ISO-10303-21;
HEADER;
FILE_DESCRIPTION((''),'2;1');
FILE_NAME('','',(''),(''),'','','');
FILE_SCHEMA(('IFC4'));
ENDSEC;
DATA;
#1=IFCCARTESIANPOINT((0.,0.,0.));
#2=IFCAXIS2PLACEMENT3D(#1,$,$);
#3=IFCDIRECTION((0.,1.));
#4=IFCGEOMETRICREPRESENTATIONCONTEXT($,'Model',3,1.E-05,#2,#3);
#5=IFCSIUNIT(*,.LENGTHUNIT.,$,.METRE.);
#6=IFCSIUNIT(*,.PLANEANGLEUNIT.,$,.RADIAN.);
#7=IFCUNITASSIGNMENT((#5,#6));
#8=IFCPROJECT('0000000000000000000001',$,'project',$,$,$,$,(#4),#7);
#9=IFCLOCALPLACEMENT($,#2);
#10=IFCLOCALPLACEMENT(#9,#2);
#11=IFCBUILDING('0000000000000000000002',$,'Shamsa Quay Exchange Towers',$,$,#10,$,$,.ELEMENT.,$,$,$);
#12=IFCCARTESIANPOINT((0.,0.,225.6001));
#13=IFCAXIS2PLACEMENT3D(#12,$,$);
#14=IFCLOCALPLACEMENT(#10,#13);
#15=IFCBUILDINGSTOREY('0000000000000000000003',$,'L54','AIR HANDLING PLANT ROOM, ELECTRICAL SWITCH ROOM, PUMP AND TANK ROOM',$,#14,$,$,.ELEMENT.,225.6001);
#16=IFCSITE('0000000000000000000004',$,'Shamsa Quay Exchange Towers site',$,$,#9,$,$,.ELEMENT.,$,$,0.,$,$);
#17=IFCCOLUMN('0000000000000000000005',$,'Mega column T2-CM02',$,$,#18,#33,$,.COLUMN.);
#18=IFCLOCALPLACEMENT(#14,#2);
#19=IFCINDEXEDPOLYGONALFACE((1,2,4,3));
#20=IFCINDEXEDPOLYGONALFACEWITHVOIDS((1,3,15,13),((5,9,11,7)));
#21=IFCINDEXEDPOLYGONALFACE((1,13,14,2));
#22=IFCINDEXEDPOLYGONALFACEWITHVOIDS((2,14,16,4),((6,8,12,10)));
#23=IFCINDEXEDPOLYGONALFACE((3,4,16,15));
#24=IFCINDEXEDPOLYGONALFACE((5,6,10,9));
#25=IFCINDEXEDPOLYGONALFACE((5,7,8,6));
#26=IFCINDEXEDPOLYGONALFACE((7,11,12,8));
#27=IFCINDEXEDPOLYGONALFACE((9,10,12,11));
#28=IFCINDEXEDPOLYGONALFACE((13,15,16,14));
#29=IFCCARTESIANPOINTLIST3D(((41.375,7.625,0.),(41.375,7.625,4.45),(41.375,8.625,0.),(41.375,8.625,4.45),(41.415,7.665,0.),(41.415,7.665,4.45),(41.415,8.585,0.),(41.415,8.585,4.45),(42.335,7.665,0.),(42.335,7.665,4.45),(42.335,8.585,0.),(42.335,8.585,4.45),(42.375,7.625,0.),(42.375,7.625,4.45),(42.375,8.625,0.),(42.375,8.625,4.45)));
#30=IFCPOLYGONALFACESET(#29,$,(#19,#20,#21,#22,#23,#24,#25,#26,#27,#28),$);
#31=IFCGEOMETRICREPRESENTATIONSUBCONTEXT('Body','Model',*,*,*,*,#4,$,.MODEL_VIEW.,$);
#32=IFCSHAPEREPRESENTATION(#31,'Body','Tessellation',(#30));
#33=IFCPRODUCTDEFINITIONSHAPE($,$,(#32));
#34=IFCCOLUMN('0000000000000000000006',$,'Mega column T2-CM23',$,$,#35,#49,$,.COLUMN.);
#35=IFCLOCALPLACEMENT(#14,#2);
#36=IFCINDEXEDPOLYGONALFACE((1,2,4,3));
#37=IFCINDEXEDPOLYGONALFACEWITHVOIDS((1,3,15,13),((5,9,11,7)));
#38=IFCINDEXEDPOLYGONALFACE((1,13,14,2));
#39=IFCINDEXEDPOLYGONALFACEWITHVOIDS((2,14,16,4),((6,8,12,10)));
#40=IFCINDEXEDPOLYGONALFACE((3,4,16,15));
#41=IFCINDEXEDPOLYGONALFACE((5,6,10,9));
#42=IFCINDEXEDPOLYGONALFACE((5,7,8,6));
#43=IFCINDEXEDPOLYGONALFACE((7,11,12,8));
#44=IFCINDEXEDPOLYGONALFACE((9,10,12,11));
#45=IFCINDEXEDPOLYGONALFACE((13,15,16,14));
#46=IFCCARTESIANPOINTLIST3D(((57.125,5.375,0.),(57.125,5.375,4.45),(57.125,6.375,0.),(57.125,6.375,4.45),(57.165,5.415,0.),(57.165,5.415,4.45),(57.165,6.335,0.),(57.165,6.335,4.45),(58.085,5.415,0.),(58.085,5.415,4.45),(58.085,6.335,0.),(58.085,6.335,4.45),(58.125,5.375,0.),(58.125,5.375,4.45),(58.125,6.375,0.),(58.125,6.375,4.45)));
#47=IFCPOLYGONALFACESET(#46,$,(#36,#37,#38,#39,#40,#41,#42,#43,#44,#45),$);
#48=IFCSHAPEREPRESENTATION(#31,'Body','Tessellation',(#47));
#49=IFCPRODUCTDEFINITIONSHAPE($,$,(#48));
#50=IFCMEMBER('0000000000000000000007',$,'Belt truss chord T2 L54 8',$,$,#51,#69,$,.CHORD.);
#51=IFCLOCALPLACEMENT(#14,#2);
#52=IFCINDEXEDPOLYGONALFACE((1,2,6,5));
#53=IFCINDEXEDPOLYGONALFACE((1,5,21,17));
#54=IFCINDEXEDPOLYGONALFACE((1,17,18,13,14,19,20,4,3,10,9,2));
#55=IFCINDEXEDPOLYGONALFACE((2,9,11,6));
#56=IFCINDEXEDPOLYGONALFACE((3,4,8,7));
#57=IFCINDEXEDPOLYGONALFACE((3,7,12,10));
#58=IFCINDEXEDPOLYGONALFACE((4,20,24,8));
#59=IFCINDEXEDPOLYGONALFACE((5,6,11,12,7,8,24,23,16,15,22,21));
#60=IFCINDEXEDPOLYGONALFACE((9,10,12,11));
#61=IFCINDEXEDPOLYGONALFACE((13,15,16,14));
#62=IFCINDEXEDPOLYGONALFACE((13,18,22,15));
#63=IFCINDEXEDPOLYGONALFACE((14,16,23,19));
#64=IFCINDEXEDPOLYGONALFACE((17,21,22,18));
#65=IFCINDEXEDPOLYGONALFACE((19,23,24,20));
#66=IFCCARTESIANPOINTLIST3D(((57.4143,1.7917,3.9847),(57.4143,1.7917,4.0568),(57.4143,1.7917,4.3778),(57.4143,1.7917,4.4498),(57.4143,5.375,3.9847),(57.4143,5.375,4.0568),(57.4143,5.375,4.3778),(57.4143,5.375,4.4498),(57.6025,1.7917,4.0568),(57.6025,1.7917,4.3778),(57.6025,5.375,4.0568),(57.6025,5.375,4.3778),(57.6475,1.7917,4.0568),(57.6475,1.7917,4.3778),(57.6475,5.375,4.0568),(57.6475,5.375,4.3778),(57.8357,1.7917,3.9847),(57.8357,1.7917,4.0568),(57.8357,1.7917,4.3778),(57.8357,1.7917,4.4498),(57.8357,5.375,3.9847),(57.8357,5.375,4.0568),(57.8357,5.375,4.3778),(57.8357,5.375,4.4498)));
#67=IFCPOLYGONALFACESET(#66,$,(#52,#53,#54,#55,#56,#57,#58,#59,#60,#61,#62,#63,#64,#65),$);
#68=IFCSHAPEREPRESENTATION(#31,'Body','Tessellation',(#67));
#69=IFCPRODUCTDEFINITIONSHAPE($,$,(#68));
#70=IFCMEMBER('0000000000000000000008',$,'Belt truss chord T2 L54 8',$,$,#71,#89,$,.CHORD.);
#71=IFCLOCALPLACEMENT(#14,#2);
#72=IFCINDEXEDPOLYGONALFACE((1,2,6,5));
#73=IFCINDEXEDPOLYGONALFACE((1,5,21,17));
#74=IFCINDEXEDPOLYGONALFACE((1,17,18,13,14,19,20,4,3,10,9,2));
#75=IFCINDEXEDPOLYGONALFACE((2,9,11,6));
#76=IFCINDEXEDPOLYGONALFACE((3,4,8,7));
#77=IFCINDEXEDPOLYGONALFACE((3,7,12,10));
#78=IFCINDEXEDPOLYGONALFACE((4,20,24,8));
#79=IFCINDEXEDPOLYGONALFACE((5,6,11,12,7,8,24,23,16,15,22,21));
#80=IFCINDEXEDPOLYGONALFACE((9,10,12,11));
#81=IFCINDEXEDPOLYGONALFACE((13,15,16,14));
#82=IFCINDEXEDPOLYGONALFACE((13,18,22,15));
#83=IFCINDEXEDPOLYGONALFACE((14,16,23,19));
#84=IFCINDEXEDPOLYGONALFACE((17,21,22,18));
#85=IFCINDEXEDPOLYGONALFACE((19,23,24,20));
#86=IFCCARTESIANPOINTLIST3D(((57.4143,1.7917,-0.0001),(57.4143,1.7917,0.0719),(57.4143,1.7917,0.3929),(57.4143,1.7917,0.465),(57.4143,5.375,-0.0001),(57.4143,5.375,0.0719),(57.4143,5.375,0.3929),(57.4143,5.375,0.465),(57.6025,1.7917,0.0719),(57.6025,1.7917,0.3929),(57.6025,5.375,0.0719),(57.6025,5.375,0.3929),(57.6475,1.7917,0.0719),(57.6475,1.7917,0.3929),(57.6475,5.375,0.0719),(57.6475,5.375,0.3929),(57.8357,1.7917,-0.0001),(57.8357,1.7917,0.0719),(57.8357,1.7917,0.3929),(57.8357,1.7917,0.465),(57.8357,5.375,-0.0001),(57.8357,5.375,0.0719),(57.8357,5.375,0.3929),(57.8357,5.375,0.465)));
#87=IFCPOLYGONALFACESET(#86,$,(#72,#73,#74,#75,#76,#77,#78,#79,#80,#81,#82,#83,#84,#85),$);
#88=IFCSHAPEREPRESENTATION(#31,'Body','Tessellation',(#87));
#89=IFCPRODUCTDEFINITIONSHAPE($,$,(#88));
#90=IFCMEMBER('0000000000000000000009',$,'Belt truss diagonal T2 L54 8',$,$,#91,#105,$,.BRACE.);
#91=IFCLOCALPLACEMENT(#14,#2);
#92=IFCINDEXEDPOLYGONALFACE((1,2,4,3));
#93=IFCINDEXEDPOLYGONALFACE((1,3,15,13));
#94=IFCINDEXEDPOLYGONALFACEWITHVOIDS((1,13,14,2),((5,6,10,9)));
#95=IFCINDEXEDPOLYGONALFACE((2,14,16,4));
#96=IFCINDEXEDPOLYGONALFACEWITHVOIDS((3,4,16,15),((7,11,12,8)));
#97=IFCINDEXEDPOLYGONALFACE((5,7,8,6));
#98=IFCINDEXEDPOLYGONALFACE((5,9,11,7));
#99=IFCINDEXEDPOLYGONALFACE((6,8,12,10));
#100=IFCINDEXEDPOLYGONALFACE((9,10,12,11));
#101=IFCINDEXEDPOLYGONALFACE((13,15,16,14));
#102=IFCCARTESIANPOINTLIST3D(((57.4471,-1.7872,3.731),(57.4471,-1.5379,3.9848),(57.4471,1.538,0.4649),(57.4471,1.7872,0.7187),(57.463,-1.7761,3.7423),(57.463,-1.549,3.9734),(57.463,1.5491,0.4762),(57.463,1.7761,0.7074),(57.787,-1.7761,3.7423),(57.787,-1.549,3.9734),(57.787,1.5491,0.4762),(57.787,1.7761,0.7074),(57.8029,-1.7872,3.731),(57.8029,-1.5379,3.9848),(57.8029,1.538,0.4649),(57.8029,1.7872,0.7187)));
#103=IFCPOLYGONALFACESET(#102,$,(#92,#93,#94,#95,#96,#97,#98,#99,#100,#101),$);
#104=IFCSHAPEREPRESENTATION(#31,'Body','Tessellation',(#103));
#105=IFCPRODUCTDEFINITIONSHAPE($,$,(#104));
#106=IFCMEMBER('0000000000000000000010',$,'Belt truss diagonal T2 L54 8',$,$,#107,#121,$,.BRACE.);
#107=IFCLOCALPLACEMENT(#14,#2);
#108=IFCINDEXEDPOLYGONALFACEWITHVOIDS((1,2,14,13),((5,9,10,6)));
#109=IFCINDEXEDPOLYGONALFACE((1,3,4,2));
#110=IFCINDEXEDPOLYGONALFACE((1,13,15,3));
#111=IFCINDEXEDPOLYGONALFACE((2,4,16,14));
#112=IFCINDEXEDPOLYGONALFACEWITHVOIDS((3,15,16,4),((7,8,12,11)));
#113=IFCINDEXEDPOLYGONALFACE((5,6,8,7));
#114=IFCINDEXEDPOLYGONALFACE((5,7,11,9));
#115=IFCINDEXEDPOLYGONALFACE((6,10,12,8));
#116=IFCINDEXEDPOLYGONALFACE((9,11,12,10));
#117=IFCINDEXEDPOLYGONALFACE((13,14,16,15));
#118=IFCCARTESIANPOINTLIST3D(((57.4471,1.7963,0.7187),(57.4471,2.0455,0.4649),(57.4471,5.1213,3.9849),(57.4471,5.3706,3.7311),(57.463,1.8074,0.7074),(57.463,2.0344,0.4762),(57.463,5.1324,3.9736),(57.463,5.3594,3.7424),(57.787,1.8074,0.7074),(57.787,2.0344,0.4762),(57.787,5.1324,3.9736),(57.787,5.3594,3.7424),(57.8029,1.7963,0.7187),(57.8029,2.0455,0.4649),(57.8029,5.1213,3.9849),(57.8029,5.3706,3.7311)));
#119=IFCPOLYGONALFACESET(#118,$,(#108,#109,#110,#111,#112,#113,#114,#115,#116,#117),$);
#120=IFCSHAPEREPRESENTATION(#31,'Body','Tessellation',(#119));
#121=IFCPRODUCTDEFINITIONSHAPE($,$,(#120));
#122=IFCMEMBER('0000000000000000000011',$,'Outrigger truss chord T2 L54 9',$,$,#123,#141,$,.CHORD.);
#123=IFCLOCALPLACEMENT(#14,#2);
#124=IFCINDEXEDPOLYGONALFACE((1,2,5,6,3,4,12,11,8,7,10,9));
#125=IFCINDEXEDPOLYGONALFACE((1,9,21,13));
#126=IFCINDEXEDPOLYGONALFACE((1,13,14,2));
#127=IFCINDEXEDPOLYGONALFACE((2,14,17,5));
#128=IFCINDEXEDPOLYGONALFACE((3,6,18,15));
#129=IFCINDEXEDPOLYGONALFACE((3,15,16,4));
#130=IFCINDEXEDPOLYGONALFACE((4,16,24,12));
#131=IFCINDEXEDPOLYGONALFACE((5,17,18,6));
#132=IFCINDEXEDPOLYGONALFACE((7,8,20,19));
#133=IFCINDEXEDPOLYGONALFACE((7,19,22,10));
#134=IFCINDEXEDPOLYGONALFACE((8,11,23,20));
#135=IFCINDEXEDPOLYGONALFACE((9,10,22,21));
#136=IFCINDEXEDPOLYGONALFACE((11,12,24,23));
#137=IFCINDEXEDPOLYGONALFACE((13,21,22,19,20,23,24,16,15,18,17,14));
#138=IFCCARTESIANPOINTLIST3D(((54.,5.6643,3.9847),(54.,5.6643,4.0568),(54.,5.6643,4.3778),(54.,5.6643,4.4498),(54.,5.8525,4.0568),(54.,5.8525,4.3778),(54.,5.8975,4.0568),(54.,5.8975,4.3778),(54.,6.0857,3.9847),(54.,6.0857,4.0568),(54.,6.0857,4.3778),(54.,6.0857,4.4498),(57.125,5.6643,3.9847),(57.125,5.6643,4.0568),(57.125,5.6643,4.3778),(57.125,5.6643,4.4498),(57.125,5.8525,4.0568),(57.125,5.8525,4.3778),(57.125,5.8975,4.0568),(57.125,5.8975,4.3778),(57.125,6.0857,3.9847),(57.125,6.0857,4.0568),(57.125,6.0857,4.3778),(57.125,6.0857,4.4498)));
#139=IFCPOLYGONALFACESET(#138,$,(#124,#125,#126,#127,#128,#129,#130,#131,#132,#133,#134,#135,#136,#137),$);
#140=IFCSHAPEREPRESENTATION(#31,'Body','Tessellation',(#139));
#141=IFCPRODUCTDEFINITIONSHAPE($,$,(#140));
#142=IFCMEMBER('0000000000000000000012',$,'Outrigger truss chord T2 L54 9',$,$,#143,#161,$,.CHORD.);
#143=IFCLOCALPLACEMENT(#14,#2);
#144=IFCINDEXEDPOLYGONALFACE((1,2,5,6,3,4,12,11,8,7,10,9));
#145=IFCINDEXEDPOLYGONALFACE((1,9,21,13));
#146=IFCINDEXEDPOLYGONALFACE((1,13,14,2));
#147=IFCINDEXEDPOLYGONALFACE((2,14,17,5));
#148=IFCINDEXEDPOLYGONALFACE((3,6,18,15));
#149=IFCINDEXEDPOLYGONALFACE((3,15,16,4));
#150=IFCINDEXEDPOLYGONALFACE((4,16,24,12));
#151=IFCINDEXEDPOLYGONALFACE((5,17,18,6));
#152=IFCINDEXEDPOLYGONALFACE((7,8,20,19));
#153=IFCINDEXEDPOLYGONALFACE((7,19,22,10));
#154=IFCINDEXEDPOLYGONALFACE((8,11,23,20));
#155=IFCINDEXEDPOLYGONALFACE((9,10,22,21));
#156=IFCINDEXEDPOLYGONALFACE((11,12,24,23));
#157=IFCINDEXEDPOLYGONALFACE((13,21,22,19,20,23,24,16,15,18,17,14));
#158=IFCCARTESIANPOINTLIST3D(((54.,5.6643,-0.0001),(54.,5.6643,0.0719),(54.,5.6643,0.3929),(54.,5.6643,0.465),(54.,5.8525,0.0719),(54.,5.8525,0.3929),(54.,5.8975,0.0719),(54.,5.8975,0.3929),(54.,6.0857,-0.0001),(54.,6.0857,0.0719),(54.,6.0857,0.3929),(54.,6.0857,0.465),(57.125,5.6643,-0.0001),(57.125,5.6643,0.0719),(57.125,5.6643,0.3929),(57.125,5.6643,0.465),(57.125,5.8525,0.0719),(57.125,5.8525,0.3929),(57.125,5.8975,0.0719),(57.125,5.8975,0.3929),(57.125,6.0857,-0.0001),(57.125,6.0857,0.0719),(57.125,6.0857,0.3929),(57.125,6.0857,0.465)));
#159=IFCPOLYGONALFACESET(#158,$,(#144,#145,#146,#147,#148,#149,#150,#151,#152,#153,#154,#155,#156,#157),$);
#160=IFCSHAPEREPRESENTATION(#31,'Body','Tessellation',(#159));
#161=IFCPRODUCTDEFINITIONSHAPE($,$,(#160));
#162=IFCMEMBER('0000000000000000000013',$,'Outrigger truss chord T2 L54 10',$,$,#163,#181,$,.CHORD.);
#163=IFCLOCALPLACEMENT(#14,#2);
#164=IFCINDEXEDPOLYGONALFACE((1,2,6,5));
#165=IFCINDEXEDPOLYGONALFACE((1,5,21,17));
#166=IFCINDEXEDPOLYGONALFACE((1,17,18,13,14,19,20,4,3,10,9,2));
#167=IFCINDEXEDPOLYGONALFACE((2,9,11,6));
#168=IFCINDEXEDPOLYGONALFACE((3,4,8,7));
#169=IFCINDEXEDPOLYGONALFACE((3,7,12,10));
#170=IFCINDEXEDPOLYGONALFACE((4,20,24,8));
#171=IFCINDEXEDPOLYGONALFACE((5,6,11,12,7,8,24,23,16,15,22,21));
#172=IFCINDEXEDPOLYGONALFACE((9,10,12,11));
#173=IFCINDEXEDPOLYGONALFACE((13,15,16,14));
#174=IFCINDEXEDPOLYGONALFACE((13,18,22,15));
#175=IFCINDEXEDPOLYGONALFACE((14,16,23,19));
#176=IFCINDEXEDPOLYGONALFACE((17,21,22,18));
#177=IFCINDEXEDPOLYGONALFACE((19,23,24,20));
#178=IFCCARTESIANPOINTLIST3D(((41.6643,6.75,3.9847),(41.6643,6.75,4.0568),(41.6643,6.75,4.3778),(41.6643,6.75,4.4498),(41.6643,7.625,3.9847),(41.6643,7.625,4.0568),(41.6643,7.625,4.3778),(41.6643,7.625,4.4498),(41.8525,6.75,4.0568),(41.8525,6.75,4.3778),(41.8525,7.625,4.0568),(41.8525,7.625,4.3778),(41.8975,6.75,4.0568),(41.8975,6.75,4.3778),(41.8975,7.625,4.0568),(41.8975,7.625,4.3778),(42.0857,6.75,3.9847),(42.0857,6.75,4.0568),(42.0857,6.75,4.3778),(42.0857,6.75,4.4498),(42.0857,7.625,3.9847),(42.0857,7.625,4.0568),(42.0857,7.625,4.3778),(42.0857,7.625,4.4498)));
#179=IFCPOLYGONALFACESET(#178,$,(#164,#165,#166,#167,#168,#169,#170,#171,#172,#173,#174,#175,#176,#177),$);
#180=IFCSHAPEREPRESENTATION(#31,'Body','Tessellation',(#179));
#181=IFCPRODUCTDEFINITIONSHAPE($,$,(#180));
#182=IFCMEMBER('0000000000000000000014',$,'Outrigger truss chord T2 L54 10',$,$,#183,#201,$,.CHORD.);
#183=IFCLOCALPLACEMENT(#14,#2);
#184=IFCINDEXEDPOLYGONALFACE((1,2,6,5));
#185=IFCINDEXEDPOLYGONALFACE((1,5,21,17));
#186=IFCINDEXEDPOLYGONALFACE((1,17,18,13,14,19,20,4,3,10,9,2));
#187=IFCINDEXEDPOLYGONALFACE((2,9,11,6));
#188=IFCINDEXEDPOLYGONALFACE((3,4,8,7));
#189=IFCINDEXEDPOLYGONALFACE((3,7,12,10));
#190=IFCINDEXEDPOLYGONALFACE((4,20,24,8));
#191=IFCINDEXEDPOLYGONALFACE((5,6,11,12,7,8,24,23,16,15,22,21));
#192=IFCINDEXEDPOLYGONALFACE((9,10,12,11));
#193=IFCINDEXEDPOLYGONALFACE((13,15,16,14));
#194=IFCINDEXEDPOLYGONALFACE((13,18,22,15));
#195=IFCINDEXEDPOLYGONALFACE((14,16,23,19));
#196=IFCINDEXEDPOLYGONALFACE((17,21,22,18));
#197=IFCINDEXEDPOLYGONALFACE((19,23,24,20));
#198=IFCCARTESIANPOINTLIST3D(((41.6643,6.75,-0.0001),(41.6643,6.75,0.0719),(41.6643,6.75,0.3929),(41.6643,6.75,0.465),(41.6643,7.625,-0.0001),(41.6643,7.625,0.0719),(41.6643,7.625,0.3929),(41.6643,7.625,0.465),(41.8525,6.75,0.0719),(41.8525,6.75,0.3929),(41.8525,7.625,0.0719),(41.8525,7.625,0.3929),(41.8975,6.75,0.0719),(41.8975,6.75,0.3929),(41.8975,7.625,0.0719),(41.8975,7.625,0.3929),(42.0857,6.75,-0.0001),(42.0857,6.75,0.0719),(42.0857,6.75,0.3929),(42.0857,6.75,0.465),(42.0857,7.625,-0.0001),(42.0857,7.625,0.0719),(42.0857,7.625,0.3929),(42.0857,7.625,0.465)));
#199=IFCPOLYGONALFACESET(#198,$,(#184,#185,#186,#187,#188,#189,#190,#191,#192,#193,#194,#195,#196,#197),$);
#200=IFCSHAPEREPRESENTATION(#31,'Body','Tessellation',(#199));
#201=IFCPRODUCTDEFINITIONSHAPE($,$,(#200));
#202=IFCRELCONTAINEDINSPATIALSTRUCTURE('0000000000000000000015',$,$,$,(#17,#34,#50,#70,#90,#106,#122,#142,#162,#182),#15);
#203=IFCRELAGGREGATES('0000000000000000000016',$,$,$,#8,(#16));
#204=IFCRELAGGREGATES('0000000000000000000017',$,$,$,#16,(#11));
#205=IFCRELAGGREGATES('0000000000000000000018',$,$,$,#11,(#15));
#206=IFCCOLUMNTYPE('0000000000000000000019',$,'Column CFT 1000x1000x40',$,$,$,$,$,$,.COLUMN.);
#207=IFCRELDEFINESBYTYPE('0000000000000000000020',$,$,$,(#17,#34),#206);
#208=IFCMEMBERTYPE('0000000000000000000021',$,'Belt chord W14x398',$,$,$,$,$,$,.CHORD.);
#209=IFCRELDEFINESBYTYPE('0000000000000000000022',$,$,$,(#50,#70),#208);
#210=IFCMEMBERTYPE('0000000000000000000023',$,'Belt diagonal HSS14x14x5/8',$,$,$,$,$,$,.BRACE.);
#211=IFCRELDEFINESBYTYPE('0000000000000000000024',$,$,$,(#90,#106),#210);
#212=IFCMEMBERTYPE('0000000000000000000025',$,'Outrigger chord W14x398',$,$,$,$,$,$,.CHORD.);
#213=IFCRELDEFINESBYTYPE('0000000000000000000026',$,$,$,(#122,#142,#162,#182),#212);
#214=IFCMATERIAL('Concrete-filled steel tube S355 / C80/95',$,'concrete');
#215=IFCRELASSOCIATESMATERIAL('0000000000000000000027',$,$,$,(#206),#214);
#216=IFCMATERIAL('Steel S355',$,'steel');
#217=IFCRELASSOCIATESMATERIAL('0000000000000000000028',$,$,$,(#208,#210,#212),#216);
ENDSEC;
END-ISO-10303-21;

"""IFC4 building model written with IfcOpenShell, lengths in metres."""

from ifc_helpers import new_model, si_unit, direction, frame, origin, origin_2d, place, context, subcontext, project, spatial, hollow_rectangle, i_section, extrude, material, material_profile, profile_set, type_object, element, save


model = new_model("IFC4")

# Units and contexts
model_context = context("Model", 3, precision=1e-05, world=origin(), true_north=direction((0.0, 1.0)))
body_context = subcontext(model_context, "Body", "Model", "MODEL_VIEW")
ifc_project = project(units=[si_unit("LENGTHUNIT", "METRE"), si_unit("PLANEANGLEUNIT", "RADIAN")], contexts=[model_context])

# Site, building, storey
site_placement = place(None, origin())
site = spatial("IfcSite", under=ifc_project, at=site_placement, Name="Shamsa Quay Exchange Towers site", CompositionType="ELEMENT", RefElevation=0.0)
building_placement = place(site_placement, origin())
building = spatial("IfcBuilding", under=site, at=building_placement, Name="Shamsa Quay Exchange Towers", CompositionType="ELEMENT")
storey_placement = place(building_placement, frame((0.0, 0.0, 225.6001)))
storey = spatial("IfcBuildingStorey", under=building, at=storey_placement, Name="L54", Description="AIR HANDLING PLANT ROOM, ELECTRICAL SWITCH ROOM, PUMP AND TANK ROOM", CompositionType="ELEMENT", Elevation=225.6001)

# Columns
ifc_material_1 = material(Name="Concrete-filled steel tube S355 / C80/95", Category="concrete")
ifc_material_profile_1 = material_profile(ifc_material_1, hollow_rectangle(XDim=1.0, YDim=1.0, WallThickness=0.04, at=origin_2d()), Name="CFT 1000x1000x40")
ifc_profile_set_1 = profile_set([ifc_material_profile_1], Name="Concrete-filled steel tube S355 / C80/95")
column_type = type_object("IfcColumnType", Name="Column CFT 1000x1000x40", PredefinedType="COLUMN", material=ifc_profile_set_1)
for number, where, name in (
    (1, (41.875, 8.125, 0.0), "Mega column T2-CM02"),
    (2, (57.625, 5.875, 0.0), "Mega column T2-CM23"),
):
    element("IfcColumn", number, at=place(storey_placement, frame(where)), inside=storey, type_object=column_type, Name=name, PredefinedType="COLUMN", context=body_context, shape_type="SweptSolid", body=[
        extrude(hollow_rectangle(XDim=1.0, YDim=1.0, WallThickness=0.04, at=origin_2d()), origin(), (0.0, 0.0, 1.0), 4.45),
    ])

# Members
ifc_material_2 = material(Name="Steel S355", Category="steel")
ifc_material_profile_2 = material_profile(ifc_material_2, i_section(OverallWidth=0.4214, OverallDepth=0.4651, WebThickness=0.0449, FlangeThickness=0.072, at=origin_2d()), Name="W14x398")
ifc_profile_set_2 = profile_set([ifc_material_profile_2], Name="Steel S355")
member_type_1 = type_object("IfcMemberType", Name="Belt chord W14x398", PredefinedType="CHORD", material=ifc_profile_set_2)
for number, where, z_axis, x_axis, name in (
    (3, (57.625, 1.7917, 4.2173), (0.0, 1.0, 0.0), (-1.0, 0.0, 0.0), "Belt truss chord T2 L54 8"),
    (4, (57.625, 1.7917, 0.2324), (0.0, 1.0, 0.0), (-1.0, 0.0, 0.0), "Belt truss chord T2 L54 8"),
):
    element("IfcMember", number, at=place(storey_placement, frame(where, z_axis=z_axis, x_axis=x_axis)), inside=storey, type_object=member_type_1, Name=name, PredefinedType="CHORD", context=body_context, shape_type="SweptSolid", body=[
        extrude(i_section(OverallWidth=0.4214, OverallDepth=0.4651, WebThickness=0.0449, FlangeThickness=0.072, at=origin_2d()), origin(), (0.0, 0.0, 1.0), 3.5833),
    ])
ifc_material_profile_3 = material_profile(ifc_material_2, hollow_rectangle(XDim=0.3557, YDim=0.3557, WallThickness=0.0159, at=origin_2d()), Name="HSS14x14x5/8")
ifc_profile_set_3 = profile_set([ifc_material_profile_3], Name="Steel S355")
member_type_2 = type_object("IfcMemberType", Name="Belt diagonal HSS14x14x5/8", PredefinedType="BRACE", material=ifc_profile_set_3)
for number, where, z_axis, x_axis, name in (
    (5, (57.625, 1.6626, 0.5918), (0.0, -0.713416, 0.70074), (1.0, 0.0, 0.0), "Belt truss diagonal T2 L54 8"),
    (6, (57.625, 1.9209, 0.5918), (0.0, 0.713391, 0.700767), (-1.0, 0.0, 0.0), "Belt truss diagonal T2 L54 8"),
):
    element("IfcMember", number, at=place(storey_placement, frame(where, z_axis=z_axis, x_axis=x_axis)), inside=storey, type_object=member_type_2, Name=name, PredefinedType="BRACE", context=body_context, shape_type="SweptSolid", body=[
        extrude(hollow_rectangle(XDim=0.3557, YDim=0.3557, WallThickness=0.0159, at=origin_2d()), origin(), (0.0, 0.0, 1.0), 4.6609),
    ])
ifc_material_profile_4 = material_profile(ifc_material_2, i_section(OverallWidth=0.4214, OverallDepth=0.4651, WebThickness=0.0449, FlangeThickness=0.072, at=origin_2d()), Name="W14x398")
ifc_profile_set_4 = profile_set([ifc_material_profile_4], Name="Steel S355")
member_type_3 = type_object("IfcMemberType", Name="Outrigger chord W14x398", PredefinedType="CHORD", material=ifc_profile_set_4)
for number, where, z_axis, x_axis, name in (
    (7, (57.125, 5.875, 4.2173), (-1.0, 0.0, 0.0), (0.0, -1.0, 0.0), "Outrigger truss chord T2 L54 9"),
    (8, (57.125, 5.875, 0.2324), (-1.0, 0.0, 0.0), (0.0, -1.0, 0.0), "Outrigger truss chord T2 L54 9"),
):
    element("IfcMember", number, at=place(storey_placement, frame(where, z_axis=z_axis, x_axis=x_axis)), inside=storey, type_object=member_type_3, Name=name, PredefinedType="CHORD", context=body_context, shape_type="SweptSolid", body=[
        extrude(i_section(OverallWidth=0.4214, OverallDepth=0.4651, WebThickness=0.0449, FlangeThickness=0.072, at=origin_2d()), origin(), (0.0, 0.0, 1.0), 3.125),
    ])
for number, where, z_axis, x_axis, name in (
    (9, (41.875, 7.625, 4.2173), (0.0, -1.0, 0.0), (1.0, 0.0, 0.0), "Outrigger truss chord T2 L54 10"),
    (10, (41.875, 7.625, 0.2324), (0.0, -1.0, 0.0), (1.0, 0.0, 0.0), "Outrigger truss chord T2 L54 10"),
):
    element("IfcMember", number, at=place(storey_placement, frame(where, z_axis=z_axis, x_axis=x_axis)), inside=storey, type_object=member_type_3, Name=name, PredefinedType="CHORD", context=body_context, shape_type="SweptSolid", body=[
        extrude(i_section(OverallWidth=0.4214, OverallDepth=0.4651, WebThickness=0.0449, FlangeThickness=0.072, at=origin_2d()), origin(), (0.0, 0.0, 1.0), 0.875),
    ])

save(model, "model.ifc")
